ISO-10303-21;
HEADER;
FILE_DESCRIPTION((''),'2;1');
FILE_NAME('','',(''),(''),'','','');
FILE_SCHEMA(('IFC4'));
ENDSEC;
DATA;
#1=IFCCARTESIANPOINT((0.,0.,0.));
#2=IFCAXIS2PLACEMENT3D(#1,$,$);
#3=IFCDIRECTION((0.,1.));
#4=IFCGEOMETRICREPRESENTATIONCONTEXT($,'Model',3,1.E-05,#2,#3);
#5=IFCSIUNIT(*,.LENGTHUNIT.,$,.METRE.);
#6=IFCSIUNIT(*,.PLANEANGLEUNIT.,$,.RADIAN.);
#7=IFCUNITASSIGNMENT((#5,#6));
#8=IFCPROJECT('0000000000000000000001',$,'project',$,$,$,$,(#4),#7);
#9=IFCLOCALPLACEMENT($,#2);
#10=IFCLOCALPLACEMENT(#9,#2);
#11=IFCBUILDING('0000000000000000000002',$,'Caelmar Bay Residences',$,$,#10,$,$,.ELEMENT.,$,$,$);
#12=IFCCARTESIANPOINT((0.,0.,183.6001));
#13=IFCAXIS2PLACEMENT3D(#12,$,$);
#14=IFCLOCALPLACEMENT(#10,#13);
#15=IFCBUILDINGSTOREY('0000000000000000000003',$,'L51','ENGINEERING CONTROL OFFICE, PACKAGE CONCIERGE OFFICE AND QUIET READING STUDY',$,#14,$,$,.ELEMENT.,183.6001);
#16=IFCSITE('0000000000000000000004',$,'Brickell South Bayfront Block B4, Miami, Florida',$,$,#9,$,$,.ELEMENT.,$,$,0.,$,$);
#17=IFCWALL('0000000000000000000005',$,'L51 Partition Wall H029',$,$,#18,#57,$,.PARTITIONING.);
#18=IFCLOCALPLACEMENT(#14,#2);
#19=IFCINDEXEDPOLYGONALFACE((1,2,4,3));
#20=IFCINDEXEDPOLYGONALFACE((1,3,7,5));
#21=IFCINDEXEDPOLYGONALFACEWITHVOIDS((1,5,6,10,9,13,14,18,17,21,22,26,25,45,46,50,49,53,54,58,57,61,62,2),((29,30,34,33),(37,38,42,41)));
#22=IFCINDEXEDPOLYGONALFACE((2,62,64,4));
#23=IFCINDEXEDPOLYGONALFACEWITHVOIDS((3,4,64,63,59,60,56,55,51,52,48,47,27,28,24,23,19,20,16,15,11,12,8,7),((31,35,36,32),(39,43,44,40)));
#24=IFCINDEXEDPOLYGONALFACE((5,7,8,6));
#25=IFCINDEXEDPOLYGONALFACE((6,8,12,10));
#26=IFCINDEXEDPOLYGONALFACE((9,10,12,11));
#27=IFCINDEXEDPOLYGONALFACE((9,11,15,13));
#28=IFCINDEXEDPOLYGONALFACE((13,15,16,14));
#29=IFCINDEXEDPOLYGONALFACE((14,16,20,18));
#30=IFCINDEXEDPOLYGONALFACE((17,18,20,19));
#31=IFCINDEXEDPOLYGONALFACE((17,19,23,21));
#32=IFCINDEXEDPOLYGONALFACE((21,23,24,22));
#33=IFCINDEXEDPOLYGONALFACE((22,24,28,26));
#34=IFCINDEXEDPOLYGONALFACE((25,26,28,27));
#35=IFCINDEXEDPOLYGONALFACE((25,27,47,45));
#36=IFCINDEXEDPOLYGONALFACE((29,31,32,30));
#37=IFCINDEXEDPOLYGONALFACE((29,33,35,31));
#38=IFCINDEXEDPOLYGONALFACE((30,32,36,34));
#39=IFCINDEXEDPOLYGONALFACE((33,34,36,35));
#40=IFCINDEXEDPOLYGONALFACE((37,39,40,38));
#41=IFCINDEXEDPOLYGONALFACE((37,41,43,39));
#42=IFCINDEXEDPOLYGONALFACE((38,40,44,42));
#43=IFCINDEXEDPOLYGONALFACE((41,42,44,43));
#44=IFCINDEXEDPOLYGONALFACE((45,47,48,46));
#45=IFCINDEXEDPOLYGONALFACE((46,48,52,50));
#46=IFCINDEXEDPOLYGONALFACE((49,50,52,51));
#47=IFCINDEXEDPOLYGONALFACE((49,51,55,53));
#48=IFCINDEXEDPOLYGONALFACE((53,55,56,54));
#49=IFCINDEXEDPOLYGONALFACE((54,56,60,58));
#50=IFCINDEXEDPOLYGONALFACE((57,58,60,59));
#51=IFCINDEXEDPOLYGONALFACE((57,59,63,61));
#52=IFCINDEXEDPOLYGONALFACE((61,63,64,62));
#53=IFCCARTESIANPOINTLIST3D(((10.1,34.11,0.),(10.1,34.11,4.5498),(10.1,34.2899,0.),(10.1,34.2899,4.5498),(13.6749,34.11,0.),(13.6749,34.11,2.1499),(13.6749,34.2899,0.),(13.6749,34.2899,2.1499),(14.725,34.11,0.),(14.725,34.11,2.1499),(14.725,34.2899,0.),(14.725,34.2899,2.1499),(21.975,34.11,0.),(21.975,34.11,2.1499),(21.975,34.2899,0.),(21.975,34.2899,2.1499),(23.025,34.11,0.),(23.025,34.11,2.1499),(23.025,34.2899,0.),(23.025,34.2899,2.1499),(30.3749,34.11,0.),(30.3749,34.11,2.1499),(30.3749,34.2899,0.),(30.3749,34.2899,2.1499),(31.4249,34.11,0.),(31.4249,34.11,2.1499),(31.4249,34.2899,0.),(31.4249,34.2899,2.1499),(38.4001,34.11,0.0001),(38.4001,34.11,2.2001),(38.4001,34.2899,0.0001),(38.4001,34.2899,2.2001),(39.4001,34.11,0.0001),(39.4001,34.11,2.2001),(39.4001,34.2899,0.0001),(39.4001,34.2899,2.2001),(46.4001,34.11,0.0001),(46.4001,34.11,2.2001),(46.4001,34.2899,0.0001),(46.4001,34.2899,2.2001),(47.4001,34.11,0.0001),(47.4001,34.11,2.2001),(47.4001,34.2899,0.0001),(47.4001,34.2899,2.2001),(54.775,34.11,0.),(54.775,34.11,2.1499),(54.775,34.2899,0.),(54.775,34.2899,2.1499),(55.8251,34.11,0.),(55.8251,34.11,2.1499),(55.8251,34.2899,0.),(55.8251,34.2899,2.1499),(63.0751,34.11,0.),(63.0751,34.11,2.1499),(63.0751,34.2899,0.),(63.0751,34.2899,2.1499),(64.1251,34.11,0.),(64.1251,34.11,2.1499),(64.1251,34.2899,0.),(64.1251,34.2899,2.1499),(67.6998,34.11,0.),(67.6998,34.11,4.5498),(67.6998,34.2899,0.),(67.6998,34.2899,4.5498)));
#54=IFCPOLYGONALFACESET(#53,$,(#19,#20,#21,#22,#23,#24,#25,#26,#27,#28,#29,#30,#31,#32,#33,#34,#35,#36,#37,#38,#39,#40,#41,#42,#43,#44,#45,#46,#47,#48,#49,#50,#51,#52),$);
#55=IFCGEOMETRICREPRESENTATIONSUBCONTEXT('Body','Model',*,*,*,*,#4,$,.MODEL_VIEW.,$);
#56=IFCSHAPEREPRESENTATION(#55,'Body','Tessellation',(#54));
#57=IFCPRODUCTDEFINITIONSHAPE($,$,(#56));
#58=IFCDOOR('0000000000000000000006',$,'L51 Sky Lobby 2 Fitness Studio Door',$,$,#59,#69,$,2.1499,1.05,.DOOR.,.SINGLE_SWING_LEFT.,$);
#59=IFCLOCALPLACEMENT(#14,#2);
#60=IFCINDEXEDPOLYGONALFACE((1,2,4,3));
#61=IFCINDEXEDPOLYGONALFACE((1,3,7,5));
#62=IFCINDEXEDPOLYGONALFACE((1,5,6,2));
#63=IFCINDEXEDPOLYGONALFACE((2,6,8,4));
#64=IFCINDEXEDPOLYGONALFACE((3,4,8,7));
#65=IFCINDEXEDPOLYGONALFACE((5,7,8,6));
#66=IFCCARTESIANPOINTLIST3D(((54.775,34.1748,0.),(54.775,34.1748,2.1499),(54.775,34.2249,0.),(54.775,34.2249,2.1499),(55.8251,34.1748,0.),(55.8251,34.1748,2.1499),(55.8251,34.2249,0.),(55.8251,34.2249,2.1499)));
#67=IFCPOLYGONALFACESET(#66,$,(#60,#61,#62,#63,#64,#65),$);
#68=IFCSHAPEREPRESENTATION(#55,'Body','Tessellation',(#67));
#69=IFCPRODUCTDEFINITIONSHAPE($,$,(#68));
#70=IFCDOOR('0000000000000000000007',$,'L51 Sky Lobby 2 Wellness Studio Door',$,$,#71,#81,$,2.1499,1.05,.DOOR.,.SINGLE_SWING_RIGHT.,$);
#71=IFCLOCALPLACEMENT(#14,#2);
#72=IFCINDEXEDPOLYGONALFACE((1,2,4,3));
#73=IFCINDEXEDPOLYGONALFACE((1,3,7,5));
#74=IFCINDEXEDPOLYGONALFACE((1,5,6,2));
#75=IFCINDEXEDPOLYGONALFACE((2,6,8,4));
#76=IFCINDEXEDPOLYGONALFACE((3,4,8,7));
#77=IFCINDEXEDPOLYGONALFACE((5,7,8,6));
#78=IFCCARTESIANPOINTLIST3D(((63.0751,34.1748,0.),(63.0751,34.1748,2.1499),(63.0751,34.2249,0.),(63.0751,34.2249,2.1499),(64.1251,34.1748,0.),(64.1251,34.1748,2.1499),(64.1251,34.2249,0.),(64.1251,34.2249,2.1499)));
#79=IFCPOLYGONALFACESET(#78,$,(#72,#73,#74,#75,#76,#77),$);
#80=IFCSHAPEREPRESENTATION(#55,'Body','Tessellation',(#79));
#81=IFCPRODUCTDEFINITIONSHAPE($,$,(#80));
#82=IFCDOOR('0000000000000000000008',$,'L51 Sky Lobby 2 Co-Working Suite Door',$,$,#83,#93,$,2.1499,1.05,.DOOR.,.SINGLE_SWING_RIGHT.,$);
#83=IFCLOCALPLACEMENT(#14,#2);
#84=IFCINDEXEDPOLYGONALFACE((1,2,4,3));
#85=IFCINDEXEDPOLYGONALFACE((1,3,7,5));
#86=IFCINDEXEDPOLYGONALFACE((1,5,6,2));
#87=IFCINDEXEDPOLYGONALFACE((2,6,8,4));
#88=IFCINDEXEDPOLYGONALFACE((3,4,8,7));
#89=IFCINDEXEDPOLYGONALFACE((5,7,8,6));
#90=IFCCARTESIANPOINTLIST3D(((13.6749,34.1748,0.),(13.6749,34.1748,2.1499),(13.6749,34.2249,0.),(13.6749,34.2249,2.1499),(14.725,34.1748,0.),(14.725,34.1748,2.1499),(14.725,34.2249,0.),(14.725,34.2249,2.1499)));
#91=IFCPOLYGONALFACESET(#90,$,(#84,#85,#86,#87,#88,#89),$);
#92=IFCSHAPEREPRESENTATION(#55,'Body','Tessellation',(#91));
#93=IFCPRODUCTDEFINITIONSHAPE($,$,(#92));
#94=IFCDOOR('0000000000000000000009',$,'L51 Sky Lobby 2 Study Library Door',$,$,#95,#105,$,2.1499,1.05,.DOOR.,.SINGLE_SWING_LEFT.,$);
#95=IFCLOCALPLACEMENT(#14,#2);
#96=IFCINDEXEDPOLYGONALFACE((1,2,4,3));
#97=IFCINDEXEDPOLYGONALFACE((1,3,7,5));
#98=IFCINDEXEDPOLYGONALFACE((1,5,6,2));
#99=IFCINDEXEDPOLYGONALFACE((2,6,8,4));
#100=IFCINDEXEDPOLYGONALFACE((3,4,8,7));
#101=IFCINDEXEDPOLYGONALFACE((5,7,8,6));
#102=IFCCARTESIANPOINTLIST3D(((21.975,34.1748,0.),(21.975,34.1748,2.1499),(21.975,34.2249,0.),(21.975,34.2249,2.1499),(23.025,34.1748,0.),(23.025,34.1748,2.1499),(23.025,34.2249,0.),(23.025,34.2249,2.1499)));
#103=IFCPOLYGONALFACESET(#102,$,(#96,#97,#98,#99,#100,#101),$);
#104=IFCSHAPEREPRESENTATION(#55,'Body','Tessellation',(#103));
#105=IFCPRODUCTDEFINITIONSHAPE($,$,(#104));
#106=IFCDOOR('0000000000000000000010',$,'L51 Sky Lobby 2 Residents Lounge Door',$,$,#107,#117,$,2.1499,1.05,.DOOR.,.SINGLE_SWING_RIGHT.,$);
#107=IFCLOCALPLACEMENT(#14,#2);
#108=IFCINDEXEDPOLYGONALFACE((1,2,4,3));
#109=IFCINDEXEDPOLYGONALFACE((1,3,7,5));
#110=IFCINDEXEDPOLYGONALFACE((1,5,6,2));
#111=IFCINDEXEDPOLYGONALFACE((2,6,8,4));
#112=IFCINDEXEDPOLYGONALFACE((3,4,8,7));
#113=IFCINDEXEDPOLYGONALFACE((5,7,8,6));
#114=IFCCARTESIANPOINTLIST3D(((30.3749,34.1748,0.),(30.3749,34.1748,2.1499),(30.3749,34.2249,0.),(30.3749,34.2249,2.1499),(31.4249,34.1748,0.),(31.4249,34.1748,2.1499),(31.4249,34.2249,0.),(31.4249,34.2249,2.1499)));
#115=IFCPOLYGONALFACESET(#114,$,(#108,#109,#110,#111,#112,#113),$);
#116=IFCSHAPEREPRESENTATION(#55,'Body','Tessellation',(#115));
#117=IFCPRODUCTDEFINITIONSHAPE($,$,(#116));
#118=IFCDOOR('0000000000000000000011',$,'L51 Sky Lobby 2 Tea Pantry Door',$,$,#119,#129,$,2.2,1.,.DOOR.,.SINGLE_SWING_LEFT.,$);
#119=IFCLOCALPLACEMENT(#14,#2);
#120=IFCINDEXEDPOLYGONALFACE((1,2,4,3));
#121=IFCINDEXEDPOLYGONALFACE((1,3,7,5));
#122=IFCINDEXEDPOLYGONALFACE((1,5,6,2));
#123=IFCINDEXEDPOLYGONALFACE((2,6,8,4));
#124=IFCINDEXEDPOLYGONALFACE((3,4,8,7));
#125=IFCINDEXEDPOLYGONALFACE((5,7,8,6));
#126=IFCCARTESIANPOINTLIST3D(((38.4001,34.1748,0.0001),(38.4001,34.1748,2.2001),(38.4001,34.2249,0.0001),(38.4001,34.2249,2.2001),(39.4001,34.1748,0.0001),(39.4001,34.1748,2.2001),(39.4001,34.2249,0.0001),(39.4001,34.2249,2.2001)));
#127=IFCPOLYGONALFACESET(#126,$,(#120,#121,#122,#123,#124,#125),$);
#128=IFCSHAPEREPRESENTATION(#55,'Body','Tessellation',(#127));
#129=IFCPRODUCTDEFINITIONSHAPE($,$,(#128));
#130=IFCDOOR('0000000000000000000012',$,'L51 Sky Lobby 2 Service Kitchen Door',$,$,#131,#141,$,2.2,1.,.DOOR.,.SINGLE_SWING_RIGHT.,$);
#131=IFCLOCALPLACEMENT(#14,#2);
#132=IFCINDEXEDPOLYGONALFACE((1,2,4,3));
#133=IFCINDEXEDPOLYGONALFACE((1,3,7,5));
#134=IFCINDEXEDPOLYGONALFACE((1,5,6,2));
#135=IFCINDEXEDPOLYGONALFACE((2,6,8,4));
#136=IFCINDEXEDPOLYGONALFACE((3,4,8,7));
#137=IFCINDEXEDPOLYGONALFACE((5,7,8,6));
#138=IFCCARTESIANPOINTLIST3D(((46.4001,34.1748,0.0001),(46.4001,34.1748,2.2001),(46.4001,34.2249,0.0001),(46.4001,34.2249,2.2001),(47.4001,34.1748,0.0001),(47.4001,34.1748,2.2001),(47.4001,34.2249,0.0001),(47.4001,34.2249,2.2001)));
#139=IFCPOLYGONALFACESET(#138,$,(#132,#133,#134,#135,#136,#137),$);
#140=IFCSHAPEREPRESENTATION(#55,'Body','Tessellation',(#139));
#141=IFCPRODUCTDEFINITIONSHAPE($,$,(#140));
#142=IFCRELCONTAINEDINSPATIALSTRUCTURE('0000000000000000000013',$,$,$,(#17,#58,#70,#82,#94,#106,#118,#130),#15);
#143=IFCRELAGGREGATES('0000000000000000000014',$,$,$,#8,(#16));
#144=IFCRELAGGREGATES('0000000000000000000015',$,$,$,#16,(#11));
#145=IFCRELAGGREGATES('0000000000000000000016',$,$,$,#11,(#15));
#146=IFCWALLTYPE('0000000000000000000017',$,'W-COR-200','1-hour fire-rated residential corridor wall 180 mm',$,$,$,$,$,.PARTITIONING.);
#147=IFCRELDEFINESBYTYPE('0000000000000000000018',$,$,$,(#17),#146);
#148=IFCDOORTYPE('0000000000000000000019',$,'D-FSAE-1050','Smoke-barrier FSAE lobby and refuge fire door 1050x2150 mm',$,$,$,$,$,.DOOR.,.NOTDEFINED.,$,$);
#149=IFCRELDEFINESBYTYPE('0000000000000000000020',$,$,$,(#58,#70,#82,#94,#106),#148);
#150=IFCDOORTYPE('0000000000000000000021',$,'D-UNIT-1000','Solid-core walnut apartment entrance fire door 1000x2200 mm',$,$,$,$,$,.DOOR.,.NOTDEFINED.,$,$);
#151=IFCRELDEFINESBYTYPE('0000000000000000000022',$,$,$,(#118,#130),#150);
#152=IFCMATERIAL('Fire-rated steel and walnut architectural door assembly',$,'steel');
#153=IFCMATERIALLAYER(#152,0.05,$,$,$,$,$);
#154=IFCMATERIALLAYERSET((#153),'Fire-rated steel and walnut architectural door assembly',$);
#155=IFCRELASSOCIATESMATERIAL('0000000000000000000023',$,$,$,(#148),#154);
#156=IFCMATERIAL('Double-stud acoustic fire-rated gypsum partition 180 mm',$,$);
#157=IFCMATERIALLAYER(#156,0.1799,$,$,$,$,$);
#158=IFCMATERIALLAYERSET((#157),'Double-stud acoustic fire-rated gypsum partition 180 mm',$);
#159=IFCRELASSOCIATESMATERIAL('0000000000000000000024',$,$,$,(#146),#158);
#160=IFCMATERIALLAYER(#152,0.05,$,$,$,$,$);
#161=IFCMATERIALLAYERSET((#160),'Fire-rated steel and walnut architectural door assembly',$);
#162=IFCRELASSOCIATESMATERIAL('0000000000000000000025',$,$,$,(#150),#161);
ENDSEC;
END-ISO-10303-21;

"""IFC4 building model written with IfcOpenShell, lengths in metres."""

from ifc_helpers import new_model, si_unit, direction, frame, frame_2d, origin, place, context, subcontext, project, spatial, rectangle, extrude, material, layer, layer_set, type_object, element, fill, save


model = new_model("IFC4")

# Units and contexts
model_context = context("Model", 3, precision=1e-05, world=origin(), true_north=direction((0.0, 1.0)))
body_context = subcontext(model_context, "Body", "Model", "MODEL_VIEW")
ifc_project = project(units=[si_unit("LENGTHUNIT", "METRE"), si_unit("PLANEANGLEUNIT", "RADIAN")], contexts=[model_context])

# Site, building, storey
site_placement = place(None, origin())
site = spatial("IfcSite", under=ifc_project, at=site_placement, Name="Brickell South Bayfront Block B4, Miami, Florida", CompositionType="ELEMENT", RefElevation=0.0)
building_placement = place(site_placement, origin())
building = spatial("IfcBuilding", under=site, at=building_placement, Name="Caelmar Bay Residences", CompositionType="ELEMENT")
storey_placement = place(building_placement, frame((0.0, 0.0, 183.6001)))
storey = spatial("IfcBuildingStorey", under=building, at=storey_placement, Name="L51", Description="ENGINEERING CONTROL OFFICE, PACKAGE CONCIERGE OFFICE AND QUIET READING STUDY", CompositionType="ELEMENT", Elevation=183.6001)

# Shared definitions
ifc_material_1 = material(Name="Fire-rated steel and walnut architectural door assembly", Category="steel")
ifc_layer_1 = layer(ifc_material_1, 0.05)
ifc_layer_set_1 = layer_set([ifc_layer_1], Name="Fire-rated steel and walnut architectural door assembly")
door_type_1 = type_object("IfcDoorType", Name="D-FSAE-1050", Description="Smoke-barrier FSAE lobby and refuge fire door 1050x2150 mm", OperationType="NOTDEFINED", PredefinedType="DOOR", material=ifc_layer_set_1)

# Wall, openings, doors
ifc_material_2 = material(Name="Double-stud acoustic fire-rated gypsum partition 180 mm")
ifc_layer_2 = layer(ifc_material_2, 0.1799)
ifc_layer_set_2 = layer_set([ifc_layer_2], Name="Double-stud acoustic fire-rated gypsum partition 180 mm")
wall_type_1 = type_object("IfcWallType", Name="W-COR-200", Description="1-hour fire-rated residential corridor wall 180 mm", PredefinedType="PARTITIONING", material=ifc_layer_set_2)
wall_1_placement = place(storey_placement, frame((10.1001, 34.2, 0.0), z_axis=(0.0, 0.0, 1.0), x_axis=(1.0, 0.0, 0.0)))
wall_1 = element("IfcWall", 1, at=wall_1_placement, inside=storey, type_object=wall_type_1, Name="L51 Partition Wall H029", PredefinedType="PARTITIONING", context=body_context, shape_type="SweptSolid", body=[
    extrude(rectangle(XDim=57.5999, YDim=0.1799, at=frame_2d((28.7998, 0.0))), origin(), (0.0, 0.0, 1.0), 4.5498),
])
opening_1_placement = place(wall_1_placement, frame((44.675, 0.0, 0.0)))
opening_1 = element("IfcOpeningElement", 2, at=opening_1_placement, cuts=wall_1, PredefinedType="OPENING", context=body_context, shape_type="SweptSolid", body=[
    extrude(rectangle(XDim=1.05, YDim=2.1499, at=frame_2d((0.5249, 1.075))), frame((0.0, 0.0999, 0.0), z_axis=(0.0, -1.0, 0.0), x_axis=(1.0, 0.0, 0.0)), (0.0, 0.0, 1.0), 0.2),
])
opening_2_placement = place(wall_1_placement, frame((52.9751, 0.0, 0.0)))
opening_2 = element("IfcOpeningElement", 3, at=opening_2_placement, cuts=wall_1, PredefinedType="OPENING", context=body_context, shape_type="SweptSolid", body=[
    extrude(rectangle(XDim=1.05, YDim=2.1499, at=frame_2d((0.5249, 1.075))), frame((0.0, 0.0999, 0.0), z_axis=(0.0, -1.0, 0.0), x_axis=(1.0, 0.0, 0.0)), (0.0, 0.0, 1.0), 0.2),
])
opening_3_placement = place(wall_1_placement, frame((3.575, 0.0, 0.0)))
opening_3 = element("IfcOpeningElement", 4, at=opening_3_placement, cuts=wall_1, PredefinedType="OPENING", context=body_context, shape_type="SweptSolid", body=[
    extrude(rectangle(XDim=1.05, YDim=2.1499, at=frame_2d((0.5249, 1.075))), frame((0.0, 0.0999, 0.0), z_axis=(0.0, -1.0, 0.0), x_axis=(1.0, 0.0, 0.0)), (0.0, 0.0, 1.0), 0.2),
])
opening_4_placement = place(wall_1_placement, frame((11.875, 0.0, 0.0)))
opening_4 = element("IfcOpeningElement", 5, at=opening_4_placement, cuts=wall_1, PredefinedType="OPENING", context=body_context, shape_type="SweptSolid", body=[
    extrude(rectangle(XDim=1.05, YDim=2.1499, at=frame_2d((0.5249, 1.075))), frame((0.0, 0.0999, 0.0), z_axis=(0.0, -1.0, 0.0), x_axis=(1.0, 0.0, 0.0)), (0.0, 0.0, 1.0), 0.2),
])
opening_5_placement = place(wall_1_placement, frame((20.2749, 0.0, 0.0)))
opening_5 = element("IfcOpeningElement", 6, at=opening_5_placement, cuts=wall_1, PredefinedType="OPENING", context=body_context, shape_type="SweptSolid", body=[
    extrude(rectangle(XDim=1.05, YDim=2.1499, at=frame_2d((0.5249, 1.075))), frame((0.0, 0.0999, 0.0), z_axis=(0.0, -1.0, 0.0), x_axis=(1.0, 0.0, 0.0)), (0.0, 0.0, 1.0), 0.2),
])
opening_6_placement = place(wall_1_placement, frame((28.3, 0.0, 0.0)))
opening_6 = element("IfcOpeningElement", 7, at=opening_6_placement, cuts=wall_1, PredefinedType="OPENING", context=body_context, shape_type="SweptSolid", body=[
    extrude(rectangle(XDim=1.0, YDim=2.2, at=frame_2d((0.5, 1.1001))), frame((0.0, 0.0999, 0.0), z_axis=(0.0, -1.0, 0.0), x_axis=(1.0, 0.0, 0.0)), (0.0, 0.0, 1.0), 0.2),
])
opening_7_placement = place(wall_1_placement, frame((36.3, 0.0, 0.0)))
opening_7 = element("IfcOpeningElement", 8, at=opening_7_placement, cuts=wall_1, PredefinedType="OPENING", context=body_context, shape_type="SweptSolid", body=[
    extrude(rectangle(XDim=1.0, YDim=2.2, at=frame_2d((0.5, 1.1001))), frame((0.0, 0.0999, 0.0), z_axis=(0.0, -1.0, 0.0), x_axis=(1.0, 0.0, 0.0)), (0.0, 0.0, 1.0), 0.2),
])
door_1_placement = place(opening_1_placement, origin())
door_1 = element("IfcDoor", 9, at=door_1_placement, inside=storey, type_object=door_type_1, Name="L51 Sky Lobby 2 Fitness Studio Door", OperationType="SINGLE_SWING_LEFT", OverallHeight=2.1499, OverallWidth=1.05, PredefinedType="DOOR", context=body_context, shape_type="SweptSolid", body=[
    extrude(rectangle(XDim=1.05, YDim=2.1499, at=frame_2d((0.5249, 1.075))), frame((0.0, 0.0249, 0.0), z_axis=(0.0, -1.0, 0.0), x_axis=(1.0, 0.0, 0.0)), (0.0, 0.0, 1.0), 0.05),
])
fill(opening_1, door_1)
door_2_placement = place(opening_2_placement, origin())
door_2 = element("IfcDoor", 10, at=door_2_placement, inside=storey, type_object=door_type_1, Name="L51 Sky Lobby 2 Wellness Studio Door", OperationType="SINGLE_SWING_RIGHT", OverallHeight=2.1499, OverallWidth=1.05, PredefinedType="DOOR", context=body_context, shape_type="SweptSolid", body=[
    extrude(rectangle(XDim=1.05, YDim=2.1499, at=frame_2d((0.5249, 1.075))), frame((0.0, 0.0249, 0.0), z_axis=(0.0, -1.0, 0.0), x_axis=(1.0, 0.0, 0.0)), (0.0, 0.0, 1.0), 0.05),
])
fill(opening_2, door_2)
door_3_placement = place(opening_3_placement, origin())
door_3 = element("IfcDoor", 11, at=door_3_placement, inside=storey, type_object=door_type_1, Name="L51 Sky Lobby 2 Co-Working Suite Door", OperationType="SINGLE_SWING_RIGHT", OverallHeight=2.1499, OverallWidth=1.05, PredefinedType="DOOR", context=body_context, shape_type="SweptSolid", body=[
    extrude(rectangle(XDim=1.05, YDim=2.1499, at=frame_2d((0.5249, 1.075))), frame((0.0, 0.0249, 0.0), z_axis=(0.0, -1.0, 0.0), x_axis=(1.0, 0.0, 0.0)), (0.0, 0.0, 1.0), 0.05),
])
fill(opening_3, door_3)
door_4_placement = place(opening_4_placement, origin())
door_4 = element("IfcDoor", 12, at=door_4_placement, inside=storey, type_object=door_type_1, Name="L51 Sky Lobby 2 Study Library Door", OperationType="SINGLE_SWING_LEFT", OverallHeight=2.1499, OverallWidth=1.05, PredefinedType="DOOR", context=body_context, shape_type="SweptSolid", body=[
    extrude(rectangle(XDim=1.05, YDim=2.1499, at=frame_2d((0.5249, 1.075))), frame((0.0, 0.0249, 0.0), z_axis=(0.0, -1.0, 0.0), x_axis=(1.0, 0.0, 0.0)), (0.0, 0.0, 1.0), 0.05),
])
fill(opening_4, door_4)
door_5_placement = place(opening_5_placement, origin())
door_5 = element("IfcDoor", 13, at=door_5_placement, inside=storey, type_object=door_type_1, Name="L51 Sky Lobby 2 Residents Lounge Door", OperationType="SINGLE_SWING_RIGHT", OverallHeight=2.1499, OverallWidth=1.05, PredefinedType="DOOR", context=body_context, shape_type="SweptSolid", body=[
    extrude(rectangle(XDim=1.05, YDim=2.1499, at=frame_2d((0.5249, 1.075))), frame((0.0, 0.0249, 0.0), z_axis=(0.0, -1.0, 0.0), x_axis=(1.0, 0.0, 0.0)), (0.0, 0.0, 1.0), 0.05),
])
fill(opening_5, door_5)
ifc_layer_3 = layer(ifc_material_1, 0.05)
ifc_layer_set_3 = layer_set([ifc_layer_3], Name="Fire-rated steel and walnut architectural door assembly")
door_type_2 = type_object("IfcDoorType", Name="D-UNIT-1000", Description="Solid-core walnut apartment entrance fire door 1000x2200 mm", OperationType="NOTDEFINED", PredefinedType="DOOR", material=ifc_layer_set_3)
door_6_placement = place(opening_6_placement, origin())
door_6 = element("IfcDoor", 14, at=door_6_placement, inside=storey, type_object=door_type_2, Name="L51 Sky Lobby 2 Tea Pantry Door", OperationType="SINGLE_SWING_LEFT", OverallHeight=2.2, OverallWidth=1.0, PredefinedType="DOOR", context=body_context, shape_type="SweptSolid", body=[
    extrude(rectangle(XDim=1.0, YDim=2.2, at=frame_2d((0.5, 1.1001))), frame((0.0, 0.0249, 0.0), z_axis=(0.0, -1.0, 0.0), x_axis=(1.0, 0.0, 0.0)), (0.0, 0.0, 1.0), 0.05),
])
fill(opening_6, door_6)
door_7_placement = place(opening_7_placement, origin())
door_7 = element("IfcDoor", 15, at=door_7_placement, inside=storey, type_object=door_type_2, Name="L51 Sky Lobby 2 Service Kitchen Door", OperationType="SINGLE_SWING_RIGHT", OverallHeight=2.2, OverallWidth=1.0, PredefinedType="DOOR", context=body_context, shape_type="SweptSolid", body=[
    extrude(rectangle(XDim=1.0, YDim=2.2, at=frame_2d((0.5, 1.1001))), frame((0.0, 0.0249, 0.0), z_axis=(0.0, -1.0, 0.0), x_axis=(1.0, 0.0, 0.0)), (0.0, 0.0, 1.0), 0.05),
])
fill(opening_7, door_7)

save(model, "model.ifc")
